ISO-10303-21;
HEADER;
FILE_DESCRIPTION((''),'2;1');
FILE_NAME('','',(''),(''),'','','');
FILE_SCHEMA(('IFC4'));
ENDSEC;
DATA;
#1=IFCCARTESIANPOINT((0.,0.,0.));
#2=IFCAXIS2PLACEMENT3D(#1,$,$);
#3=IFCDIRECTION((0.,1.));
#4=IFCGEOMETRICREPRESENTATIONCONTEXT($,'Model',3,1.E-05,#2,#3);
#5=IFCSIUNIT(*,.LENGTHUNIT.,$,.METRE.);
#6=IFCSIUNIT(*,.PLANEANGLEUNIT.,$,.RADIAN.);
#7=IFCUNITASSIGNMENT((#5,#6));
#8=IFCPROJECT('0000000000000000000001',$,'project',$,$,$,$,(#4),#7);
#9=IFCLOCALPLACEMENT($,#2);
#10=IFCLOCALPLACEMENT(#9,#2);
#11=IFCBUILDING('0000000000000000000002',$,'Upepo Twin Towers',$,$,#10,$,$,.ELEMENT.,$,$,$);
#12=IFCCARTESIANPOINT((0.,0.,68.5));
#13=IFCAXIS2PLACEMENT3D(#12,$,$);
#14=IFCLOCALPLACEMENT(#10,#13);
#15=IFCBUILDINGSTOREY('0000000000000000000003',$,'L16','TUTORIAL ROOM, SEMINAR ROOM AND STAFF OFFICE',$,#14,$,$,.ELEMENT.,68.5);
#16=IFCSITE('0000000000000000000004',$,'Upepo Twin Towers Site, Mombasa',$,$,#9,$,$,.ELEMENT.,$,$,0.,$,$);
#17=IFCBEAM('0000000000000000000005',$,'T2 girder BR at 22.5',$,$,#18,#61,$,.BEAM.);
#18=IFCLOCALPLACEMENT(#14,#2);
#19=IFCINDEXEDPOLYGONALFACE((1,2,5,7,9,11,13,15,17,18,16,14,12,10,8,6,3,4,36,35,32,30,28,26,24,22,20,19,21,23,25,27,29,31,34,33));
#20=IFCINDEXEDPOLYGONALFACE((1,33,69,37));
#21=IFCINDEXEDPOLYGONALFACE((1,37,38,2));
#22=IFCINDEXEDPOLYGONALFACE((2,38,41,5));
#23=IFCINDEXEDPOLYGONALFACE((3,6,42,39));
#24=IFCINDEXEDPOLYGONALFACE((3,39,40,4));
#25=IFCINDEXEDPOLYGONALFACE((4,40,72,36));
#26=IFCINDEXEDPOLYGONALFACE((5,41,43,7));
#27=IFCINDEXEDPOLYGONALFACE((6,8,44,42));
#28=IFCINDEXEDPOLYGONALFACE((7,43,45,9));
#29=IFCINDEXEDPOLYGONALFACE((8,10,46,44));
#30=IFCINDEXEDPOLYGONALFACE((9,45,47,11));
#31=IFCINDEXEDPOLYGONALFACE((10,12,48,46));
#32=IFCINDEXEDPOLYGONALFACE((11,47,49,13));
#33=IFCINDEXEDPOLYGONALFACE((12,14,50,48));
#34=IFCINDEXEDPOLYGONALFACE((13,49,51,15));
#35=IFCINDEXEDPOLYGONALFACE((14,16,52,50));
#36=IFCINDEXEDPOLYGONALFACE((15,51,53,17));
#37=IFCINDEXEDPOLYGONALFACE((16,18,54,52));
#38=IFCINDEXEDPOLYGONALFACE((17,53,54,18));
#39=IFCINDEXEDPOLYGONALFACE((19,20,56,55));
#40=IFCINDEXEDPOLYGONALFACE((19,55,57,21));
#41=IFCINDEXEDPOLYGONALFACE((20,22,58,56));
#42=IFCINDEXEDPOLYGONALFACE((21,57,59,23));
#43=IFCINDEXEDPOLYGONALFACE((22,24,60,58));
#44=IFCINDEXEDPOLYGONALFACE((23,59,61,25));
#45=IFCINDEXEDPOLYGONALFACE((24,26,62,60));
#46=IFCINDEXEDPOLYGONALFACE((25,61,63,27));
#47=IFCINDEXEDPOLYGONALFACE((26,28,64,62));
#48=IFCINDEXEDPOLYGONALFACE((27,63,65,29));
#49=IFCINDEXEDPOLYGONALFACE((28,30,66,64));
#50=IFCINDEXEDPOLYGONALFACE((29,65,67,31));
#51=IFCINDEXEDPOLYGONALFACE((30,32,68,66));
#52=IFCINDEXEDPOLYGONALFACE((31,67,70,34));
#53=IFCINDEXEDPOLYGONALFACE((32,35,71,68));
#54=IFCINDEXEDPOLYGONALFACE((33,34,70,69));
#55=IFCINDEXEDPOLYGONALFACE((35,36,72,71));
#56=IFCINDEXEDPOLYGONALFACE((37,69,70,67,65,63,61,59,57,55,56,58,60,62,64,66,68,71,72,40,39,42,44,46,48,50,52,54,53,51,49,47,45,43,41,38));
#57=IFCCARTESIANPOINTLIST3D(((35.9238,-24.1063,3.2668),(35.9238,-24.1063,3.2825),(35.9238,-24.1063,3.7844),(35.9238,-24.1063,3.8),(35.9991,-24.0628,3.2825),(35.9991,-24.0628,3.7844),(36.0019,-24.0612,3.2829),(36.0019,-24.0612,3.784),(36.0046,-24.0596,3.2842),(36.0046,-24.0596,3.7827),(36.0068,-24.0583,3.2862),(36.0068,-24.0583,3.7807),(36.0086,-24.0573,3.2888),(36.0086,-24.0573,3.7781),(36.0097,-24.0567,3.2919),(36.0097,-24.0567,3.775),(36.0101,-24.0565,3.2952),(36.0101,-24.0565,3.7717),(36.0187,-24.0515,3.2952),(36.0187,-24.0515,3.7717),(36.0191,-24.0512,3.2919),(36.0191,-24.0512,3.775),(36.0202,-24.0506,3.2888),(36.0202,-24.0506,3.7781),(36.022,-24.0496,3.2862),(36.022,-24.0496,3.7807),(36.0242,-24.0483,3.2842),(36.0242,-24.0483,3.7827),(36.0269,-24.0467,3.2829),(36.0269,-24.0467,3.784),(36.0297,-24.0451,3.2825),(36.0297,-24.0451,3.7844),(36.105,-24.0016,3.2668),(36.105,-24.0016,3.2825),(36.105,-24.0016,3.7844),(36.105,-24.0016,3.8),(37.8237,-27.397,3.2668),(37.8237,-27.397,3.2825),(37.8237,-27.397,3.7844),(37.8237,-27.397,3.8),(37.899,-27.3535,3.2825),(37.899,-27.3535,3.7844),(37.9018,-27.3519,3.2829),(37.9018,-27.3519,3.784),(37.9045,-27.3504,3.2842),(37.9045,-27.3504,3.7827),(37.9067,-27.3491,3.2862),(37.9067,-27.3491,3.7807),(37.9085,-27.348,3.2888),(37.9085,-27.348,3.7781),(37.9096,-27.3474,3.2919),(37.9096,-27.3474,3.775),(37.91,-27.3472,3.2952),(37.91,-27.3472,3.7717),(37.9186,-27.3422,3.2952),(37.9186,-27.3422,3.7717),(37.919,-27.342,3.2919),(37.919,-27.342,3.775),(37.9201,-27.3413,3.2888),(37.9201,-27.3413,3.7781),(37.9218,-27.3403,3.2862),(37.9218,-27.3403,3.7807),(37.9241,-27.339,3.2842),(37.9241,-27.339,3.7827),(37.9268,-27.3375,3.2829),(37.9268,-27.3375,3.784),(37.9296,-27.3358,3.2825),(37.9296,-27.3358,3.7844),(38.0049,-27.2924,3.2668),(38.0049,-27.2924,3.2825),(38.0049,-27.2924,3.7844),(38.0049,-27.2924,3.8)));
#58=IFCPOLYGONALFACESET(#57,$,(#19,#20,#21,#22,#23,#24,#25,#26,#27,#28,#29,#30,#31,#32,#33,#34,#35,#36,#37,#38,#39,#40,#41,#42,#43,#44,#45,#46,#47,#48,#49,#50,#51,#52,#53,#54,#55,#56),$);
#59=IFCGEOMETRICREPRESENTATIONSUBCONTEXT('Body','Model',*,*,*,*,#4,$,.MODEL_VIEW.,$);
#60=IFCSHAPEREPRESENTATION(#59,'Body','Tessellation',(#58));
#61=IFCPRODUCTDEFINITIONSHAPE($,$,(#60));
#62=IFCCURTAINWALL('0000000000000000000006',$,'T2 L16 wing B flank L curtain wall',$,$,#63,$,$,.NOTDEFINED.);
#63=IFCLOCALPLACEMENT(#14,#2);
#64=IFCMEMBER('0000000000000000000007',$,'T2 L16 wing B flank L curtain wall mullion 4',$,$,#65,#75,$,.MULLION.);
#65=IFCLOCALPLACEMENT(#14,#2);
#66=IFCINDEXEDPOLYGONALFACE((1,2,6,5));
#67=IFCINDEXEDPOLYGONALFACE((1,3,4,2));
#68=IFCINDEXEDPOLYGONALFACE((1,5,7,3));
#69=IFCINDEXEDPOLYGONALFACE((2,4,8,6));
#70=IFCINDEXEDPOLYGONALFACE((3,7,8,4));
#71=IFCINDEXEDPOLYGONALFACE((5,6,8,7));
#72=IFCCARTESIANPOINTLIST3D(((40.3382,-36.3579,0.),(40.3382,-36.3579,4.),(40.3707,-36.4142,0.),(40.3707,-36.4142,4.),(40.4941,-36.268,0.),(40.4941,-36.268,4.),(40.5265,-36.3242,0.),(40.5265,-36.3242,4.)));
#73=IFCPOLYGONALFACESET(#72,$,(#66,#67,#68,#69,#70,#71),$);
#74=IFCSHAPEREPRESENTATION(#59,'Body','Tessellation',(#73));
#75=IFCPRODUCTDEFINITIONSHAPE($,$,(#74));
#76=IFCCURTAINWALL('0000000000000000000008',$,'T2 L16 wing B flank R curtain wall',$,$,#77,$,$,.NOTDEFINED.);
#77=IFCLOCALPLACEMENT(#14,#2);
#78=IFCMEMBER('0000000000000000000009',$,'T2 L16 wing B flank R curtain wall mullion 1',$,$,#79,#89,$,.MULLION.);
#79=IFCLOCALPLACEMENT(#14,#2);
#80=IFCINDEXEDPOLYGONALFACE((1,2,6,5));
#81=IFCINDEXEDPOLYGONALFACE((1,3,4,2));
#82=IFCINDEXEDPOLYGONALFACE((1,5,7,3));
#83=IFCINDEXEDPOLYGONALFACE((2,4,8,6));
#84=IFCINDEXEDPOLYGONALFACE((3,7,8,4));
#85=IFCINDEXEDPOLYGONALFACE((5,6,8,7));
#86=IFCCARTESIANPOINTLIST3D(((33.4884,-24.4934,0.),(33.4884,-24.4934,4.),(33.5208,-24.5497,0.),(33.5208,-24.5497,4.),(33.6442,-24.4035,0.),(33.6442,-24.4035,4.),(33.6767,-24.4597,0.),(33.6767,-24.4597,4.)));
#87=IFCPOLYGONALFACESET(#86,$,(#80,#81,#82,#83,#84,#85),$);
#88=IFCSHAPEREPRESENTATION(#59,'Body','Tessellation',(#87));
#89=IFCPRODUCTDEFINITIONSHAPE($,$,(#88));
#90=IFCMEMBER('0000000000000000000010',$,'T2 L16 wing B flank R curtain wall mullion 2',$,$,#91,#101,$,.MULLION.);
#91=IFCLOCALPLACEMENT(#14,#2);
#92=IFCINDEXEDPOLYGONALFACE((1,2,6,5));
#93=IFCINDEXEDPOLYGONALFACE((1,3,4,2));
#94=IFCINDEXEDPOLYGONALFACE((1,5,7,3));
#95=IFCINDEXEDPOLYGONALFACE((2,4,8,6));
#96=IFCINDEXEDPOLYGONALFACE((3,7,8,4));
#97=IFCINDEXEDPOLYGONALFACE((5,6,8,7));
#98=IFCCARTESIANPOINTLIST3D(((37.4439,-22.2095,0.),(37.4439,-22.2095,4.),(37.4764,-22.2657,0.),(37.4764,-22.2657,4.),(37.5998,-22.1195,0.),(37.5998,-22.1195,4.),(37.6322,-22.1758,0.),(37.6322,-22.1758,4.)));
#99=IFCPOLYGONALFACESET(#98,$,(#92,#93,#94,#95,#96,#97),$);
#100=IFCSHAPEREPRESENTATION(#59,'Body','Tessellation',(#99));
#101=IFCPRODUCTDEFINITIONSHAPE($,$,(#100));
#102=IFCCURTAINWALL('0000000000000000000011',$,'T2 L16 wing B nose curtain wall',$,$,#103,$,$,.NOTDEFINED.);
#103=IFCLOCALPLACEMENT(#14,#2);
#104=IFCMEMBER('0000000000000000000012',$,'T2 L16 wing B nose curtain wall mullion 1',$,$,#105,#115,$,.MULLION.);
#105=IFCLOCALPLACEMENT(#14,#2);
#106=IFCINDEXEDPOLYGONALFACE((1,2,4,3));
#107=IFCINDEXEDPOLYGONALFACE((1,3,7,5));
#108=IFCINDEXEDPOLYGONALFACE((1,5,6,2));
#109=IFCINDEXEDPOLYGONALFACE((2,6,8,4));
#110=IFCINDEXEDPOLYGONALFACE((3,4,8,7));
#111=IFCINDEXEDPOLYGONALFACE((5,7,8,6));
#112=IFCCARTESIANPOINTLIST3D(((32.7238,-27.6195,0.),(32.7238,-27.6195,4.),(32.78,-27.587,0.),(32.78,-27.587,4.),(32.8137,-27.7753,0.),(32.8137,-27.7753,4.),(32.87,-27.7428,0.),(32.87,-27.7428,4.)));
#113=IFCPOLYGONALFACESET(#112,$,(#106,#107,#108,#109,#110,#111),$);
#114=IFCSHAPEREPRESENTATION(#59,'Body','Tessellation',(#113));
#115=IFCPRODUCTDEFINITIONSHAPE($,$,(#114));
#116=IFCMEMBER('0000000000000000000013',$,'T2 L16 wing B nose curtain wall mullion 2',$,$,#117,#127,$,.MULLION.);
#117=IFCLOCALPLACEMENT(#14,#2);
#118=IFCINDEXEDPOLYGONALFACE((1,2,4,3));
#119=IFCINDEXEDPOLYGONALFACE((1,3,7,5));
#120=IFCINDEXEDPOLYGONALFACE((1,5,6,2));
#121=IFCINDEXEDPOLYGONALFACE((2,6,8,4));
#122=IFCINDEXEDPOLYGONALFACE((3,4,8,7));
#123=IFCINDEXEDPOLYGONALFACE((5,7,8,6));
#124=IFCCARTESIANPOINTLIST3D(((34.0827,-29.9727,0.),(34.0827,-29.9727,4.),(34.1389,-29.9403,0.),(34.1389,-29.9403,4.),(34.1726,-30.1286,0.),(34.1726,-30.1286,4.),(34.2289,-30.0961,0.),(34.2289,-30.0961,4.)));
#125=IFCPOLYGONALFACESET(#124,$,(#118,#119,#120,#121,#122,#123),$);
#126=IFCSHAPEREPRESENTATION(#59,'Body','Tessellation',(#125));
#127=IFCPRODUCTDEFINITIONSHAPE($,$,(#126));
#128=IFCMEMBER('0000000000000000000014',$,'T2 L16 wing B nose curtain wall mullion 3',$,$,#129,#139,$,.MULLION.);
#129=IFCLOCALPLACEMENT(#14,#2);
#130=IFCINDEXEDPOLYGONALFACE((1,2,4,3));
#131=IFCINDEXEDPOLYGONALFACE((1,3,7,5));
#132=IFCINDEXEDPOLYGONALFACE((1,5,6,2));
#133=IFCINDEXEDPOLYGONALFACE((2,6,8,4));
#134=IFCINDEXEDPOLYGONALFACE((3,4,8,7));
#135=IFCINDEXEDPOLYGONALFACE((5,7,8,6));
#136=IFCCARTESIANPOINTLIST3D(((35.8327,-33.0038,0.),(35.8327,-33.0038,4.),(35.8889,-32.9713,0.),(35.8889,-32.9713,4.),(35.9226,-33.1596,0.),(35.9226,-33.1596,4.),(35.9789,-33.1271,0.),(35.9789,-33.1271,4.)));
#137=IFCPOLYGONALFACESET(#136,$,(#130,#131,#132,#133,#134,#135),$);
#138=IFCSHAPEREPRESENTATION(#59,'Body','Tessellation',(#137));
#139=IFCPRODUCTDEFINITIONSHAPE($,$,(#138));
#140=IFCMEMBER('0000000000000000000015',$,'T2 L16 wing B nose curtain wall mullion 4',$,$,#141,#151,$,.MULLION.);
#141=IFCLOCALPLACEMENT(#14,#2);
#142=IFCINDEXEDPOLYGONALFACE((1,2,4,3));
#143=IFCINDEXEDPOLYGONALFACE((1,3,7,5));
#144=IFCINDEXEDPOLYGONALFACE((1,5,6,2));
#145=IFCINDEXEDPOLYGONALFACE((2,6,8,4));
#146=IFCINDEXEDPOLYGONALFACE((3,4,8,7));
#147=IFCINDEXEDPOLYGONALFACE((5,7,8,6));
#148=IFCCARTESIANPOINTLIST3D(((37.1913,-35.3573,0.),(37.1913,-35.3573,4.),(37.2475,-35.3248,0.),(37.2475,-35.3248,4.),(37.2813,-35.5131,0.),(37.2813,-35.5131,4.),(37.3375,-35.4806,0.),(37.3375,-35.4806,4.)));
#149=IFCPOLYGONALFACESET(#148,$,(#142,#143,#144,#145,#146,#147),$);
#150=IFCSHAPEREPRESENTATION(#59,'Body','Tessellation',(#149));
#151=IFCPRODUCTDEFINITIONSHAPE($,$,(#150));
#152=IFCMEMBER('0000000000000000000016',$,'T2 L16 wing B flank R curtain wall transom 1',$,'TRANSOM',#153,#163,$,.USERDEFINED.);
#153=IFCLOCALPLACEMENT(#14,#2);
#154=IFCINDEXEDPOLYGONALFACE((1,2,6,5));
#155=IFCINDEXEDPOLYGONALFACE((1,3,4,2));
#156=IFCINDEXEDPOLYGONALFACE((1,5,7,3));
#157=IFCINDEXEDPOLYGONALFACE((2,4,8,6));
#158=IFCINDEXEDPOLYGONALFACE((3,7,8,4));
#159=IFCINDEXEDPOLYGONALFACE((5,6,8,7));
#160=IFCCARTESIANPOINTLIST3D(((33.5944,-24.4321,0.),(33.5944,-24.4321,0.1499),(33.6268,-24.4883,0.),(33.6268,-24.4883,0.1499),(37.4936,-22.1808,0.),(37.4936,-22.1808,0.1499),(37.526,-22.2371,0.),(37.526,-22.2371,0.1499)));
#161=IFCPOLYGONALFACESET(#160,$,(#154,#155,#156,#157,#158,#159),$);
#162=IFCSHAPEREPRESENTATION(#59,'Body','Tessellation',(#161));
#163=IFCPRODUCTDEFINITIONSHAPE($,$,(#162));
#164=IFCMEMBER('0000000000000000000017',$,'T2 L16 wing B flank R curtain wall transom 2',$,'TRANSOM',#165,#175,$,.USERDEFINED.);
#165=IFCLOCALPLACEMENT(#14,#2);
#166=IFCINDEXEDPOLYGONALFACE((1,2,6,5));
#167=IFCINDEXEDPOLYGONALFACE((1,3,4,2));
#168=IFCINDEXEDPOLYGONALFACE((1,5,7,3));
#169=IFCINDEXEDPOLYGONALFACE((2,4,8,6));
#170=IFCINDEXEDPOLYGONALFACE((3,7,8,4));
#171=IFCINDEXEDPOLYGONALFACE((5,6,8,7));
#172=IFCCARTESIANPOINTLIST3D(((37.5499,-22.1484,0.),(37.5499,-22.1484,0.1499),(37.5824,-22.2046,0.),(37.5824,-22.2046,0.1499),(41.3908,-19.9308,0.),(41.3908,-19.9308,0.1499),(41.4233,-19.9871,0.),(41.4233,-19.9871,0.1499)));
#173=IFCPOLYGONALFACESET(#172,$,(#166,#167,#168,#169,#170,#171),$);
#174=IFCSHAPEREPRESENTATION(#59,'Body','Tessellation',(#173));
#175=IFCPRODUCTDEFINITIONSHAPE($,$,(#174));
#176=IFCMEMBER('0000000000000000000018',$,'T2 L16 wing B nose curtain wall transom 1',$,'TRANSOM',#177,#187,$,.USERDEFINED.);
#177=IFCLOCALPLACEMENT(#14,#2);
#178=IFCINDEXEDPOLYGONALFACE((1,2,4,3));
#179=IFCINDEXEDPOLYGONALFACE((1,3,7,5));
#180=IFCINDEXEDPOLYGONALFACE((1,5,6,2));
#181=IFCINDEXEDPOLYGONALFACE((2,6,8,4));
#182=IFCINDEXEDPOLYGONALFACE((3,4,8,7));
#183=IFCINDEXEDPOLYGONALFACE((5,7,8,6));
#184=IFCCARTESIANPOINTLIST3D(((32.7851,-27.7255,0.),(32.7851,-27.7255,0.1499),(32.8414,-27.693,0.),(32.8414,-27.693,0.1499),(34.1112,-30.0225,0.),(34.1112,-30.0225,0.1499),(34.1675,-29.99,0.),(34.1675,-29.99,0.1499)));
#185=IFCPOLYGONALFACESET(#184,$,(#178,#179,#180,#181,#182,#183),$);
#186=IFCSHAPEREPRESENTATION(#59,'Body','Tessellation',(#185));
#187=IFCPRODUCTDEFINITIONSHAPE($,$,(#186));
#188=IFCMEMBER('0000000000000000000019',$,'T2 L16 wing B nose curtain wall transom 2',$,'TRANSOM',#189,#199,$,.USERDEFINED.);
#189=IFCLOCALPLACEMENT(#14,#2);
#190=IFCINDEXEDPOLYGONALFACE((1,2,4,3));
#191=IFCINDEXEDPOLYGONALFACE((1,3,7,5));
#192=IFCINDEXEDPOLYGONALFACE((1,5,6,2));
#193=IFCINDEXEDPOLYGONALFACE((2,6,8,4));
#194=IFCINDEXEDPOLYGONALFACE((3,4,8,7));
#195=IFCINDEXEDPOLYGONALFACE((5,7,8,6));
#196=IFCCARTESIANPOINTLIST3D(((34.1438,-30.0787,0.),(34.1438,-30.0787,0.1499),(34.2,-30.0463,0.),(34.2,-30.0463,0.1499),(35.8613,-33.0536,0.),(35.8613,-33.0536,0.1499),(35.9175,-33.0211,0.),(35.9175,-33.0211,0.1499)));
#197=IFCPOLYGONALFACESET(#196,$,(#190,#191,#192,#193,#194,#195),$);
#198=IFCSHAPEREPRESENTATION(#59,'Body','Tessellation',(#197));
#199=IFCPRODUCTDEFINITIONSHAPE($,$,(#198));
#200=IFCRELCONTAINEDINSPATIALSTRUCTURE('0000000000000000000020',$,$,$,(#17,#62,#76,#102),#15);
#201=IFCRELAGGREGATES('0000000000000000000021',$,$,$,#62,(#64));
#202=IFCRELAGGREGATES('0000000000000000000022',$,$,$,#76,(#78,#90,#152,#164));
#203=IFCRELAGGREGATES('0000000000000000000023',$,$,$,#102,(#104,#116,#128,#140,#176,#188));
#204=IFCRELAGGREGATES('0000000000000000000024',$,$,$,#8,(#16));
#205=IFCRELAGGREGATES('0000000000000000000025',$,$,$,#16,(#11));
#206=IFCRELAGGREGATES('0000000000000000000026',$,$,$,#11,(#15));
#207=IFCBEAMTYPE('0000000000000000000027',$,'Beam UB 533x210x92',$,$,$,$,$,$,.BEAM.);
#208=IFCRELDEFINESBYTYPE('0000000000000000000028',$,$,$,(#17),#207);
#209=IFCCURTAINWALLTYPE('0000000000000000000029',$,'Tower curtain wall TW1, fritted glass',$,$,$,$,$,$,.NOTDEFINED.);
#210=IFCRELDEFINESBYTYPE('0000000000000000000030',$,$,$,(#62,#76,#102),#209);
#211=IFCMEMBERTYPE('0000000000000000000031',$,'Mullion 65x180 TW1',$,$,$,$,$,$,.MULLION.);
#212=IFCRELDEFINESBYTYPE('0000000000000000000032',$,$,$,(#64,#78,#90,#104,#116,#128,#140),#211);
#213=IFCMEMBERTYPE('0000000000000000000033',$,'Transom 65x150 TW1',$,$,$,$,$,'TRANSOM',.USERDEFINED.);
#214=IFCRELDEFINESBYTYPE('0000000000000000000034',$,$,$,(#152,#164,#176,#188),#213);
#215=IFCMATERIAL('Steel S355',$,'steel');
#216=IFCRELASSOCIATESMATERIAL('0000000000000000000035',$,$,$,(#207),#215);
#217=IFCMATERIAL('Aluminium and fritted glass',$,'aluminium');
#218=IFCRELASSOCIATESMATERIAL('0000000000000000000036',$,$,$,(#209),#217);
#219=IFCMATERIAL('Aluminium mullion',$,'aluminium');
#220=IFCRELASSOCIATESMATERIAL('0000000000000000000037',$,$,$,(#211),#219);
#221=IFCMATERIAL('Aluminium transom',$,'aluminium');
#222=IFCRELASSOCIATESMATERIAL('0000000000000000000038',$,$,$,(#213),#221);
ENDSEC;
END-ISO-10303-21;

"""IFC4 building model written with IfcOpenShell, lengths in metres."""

from ifc_helpers import new_model, si_unit, direction, frame, origin, origin_2d, place, context, subcontext, project, spatial, rectangle, i_section, extrude, material, material_profile, profile_set, type_object, element, aggregate, save


model = new_model("IFC4")

# Units and contexts
model_context = context("Model", 3, precision=1e-05, world=origin(), true_north=direction((0.0, 1.0)))
body_context = subcontext(model_context, "Body", "Model", "MODEL_VIEW")
ifc_project = project(units=[si_unit("LENGTHUNIT", "METRE"), si_unit("PLANEANGLEUNIT", "RADIAN")], contexts=[model_context])

# Site, building, storey
site_placement = place(None, origin())
site = spatial("IfcSite", under=ifc_project, at=site_placement, Name="Upepo Twin Towers Site, Mombasa", CompositionType="ELEMENT", RefElevation=0.0)
building_placement = place(site_placement, origin())
building = spatial("IfcBuilding", under=site, at=building_placement, Name="Upepo Twin Towers", CompositionType="ELEMENT")
storey_placement = place(building_placement, frame((0.0, 0.0, 68.5)))
storey = spatial("IfcBuildingStorey", under=building, at=storey_placement, Name="L16", Description="TUTORIAL ROOM, SEMINAR ROOM AND STAFF OFFICE", CompositionType="ELEMENT", Elevation=68.5)

# Beam
ifc_material_1 = material(Name="Steel S355", Category="steel")
ifc_material_profile_1 = material_profile(ifc_material_1, i_section(OverallWidth=0.2092, OverallDepth=0.5332, WebThickness=0.01, FlangeThickness=0.0156, FilletRadius=0.0127, at=origin_2d()), Name="UB 533x210x92")
ifc_profile_set_1 = profile_set([ifc_material_profile_1], Name="Steel S355")
beam_type_1 = type_object("IfcBeamType", Name="Beam UB 533x210x92", PredefinedType="BEAM", material=ifc_profile_set_1)
beam_1_placement = place(storey_placement, frame((36.0144, -24.054, 3.5334), z_axis=(0.499995, -0.866028, 0.0), x_axis=(0.866028, 0.499995, 0.0)))
element("IfcBeam", 1, at=beam_1_placement, inside=storey, type_object=beam_type_1, Name="T2 girder BR at 22.5", PredefinedType="BEAM", context=body_context, shape_type="SweptSolid", body=[
    extrude(i_section(OverallWidth=0.2092, OverallDepth=0.5332, WebThickness=0.01, FlangeThickness=0.0156, FilletRadius=0.0127, at=origin_2d()), origin(), (0.0, 0.0, 1.0), 3.7998),
])

# Curtain wall, member
ifc_material_2 = material(Name="Aluminium and fritted glass", Category="aluminium")
curtain_wall_type = type_object("IfcCurtainWallType", Name="Tower curtain wall TW1, fritted glass", PredefinedType="NOTDEFINED", material=ifc_material_2)
curtain_wall_1_placement = place(storey_placement, origin())
curtain_wall_1 = element("IfcCurtainWall", 2, at=curtain_wall_1_placement, inside=storey, type_object=curtain_wall_type, Name="T2 L16 wing B flank L curtain wall", PredefinedType="NOTDEFINED")
ifc_material_3 = material(Name="Aluminium mullion", Category="aluminium")
ifc_material_profile_2 = material_profile(ifc_material_3, rectangle(XDim=0.0649, YDim=0.1799, at=origin_2d()), Name="MULLION 65x180")
ifc_profile_set_2 = profile_set([ifc_material_profile_2], Name="Aluminium mullion")
member_type_1 = type_object("IfcMemberType", Name="Mullion 65x180 TW1", PredefinedType="MULLION", material=ifc_profile_set_2)
member_1_placement = place(storey_placement, frame((40.4324, -36.3411, 0.0), z_axis=(0.0, 0.0, 1.0), x_axis=(0.5, -0.866025, 0.0)))
member_1 = element("IfcMember", 3, at=member_1_placement, type_object=member_type_1, Name="T2 L16 wing B flank L curtain wall mullion 4", PredefinedType="MULLION", context=body_context, shape_type="SweptSolid", body=[
    extrude(rectangle(XDim=0.0649, YDim=0.1799, at=origin_2d()), origin(), (0.0, 0.0, 1.0), 4.0),
])
aggregate(curtain_wall_1, [member_1])

# Curtain walls, members
curtain_wall_2_placement = place(storey_placement, origin())
curtain_wall_2 = element("IfcCurtainWall", 4, at=curtain_wall_2_placement, inside=storey, type_object=curtain_wall_type, Name="T2 L16 wing B flank R curtain wall", PredefinedType="NOTDEFINED")
member_2_placement = place(storey_placement, frame((33.5825, -24.4766, 0.0), z_axis=(0.0, 0.0, 1.0), x_axis=(-0.5, 0.866025, 0.0)))
member_2 = element("IfcMember", 5, at=member_2_placement, type_object=member_type_1, Name="T2 L16 wing B flank R curtain wall mullion 1", PredefinedType="MULLION", context=body_context, shape_type="SweptSolid", body=[
    extrude(rectangle(XDim=0.0649, YDim=0.1799, at=origin_2d()), origin(), (0.0, 0.0, 1.0), 4.0),
])
member_3_placement = place(storey_placement, frame((37.5381, -22.1926, 0.0), z_axis=(0.0, 0.0, 1.0), x_axis=(-0.5, 0.866025, 0.0)))
member_3 = element("IfcMember", 6, at=member_3_placement, type_object=member_type_1, Name="T2 L16 wing B flank R curtain wall mullion 2", PredefinedType="MULLION", context=body_context, shape_type="SweptSolid", body=[
    extrude(rectangle(XDim=0.0649, YDim=0.1799, at=origin_2d()), origin(), (0.0, 0.0, 1.0), 4.0),
])
curtain_wall_3_placement = place(storey_placement, origin())
curtain_wall_3 = element("IfcCurtainWall", 7, at=curtain_wall_3_placement, inside=storey, type_object=curtain_wall_type, Name="T2 L16 wing B nose curtain wall", PredefinedType="NOTDEFINED")
member_4_placement = place(storey_placement, frame((32.7969, -27.6812, 0.0), z_axis=(0.0, 0.0, 1.0), x_axis=(0.866025, 0.5, 0.0)))
member_4 = element("IfcMember", 8, at=member_4_placement, type_object=member_type_1, Name="T2 L16 wing B nose curtain wall mullion 1", PredefinedType="MULLION", context=body_context, shape_type="SweptSolid", body=[
    extrude(rectangle(XDim=0.0649, YDim=0.1799, at=origin_2d()), origin(), (0.0, 0.0, 1.0), 4.0),
])
member_5_placement = place(storey_placement, frame((34.1558, -30.0344, 0.0), z_axis=(0.0, 0.0, 1.0), x_axis=(0.866025, 0.5, 0.0)))
member_5 = element("IfcMember", 9, at=member_5_placement, type_object=member_type_1, Name="T2 L16 wing B nose curtain wall mullion 2", PredefinedType="MULLION", context=body_context, shape_type="SweptSolid", body=[
    extrude(rectangle(XDim=0.0649, YDim=0.1799, at=origin_2d()), origin(), (0.0, 0.0, 1.0), 4.0),
])
member_6_placement = place(storey_placement, frame((35.9058, -33.0654, 0.0), z_axis=(0.0, 0.0, 1.0), x_axis=(0.866025, 0.5, 0.0)))
member_6 = element("IfcMember", 10, at=member_6_placement, type_object=member_type_1, Name="T2 L16 wing B nose curtain wall mullion 3", PredefinedType="MULLION", context=body_context, shape_type="SweptSolid", body=[
    extrude(rectangle(XDim=0.0649, YDim=0.1799, at=origin_2d()), origin(), (0.0, 0.0, 1.0), 4.0),
])
member_7_placement = place(storey_placement, frame((37.2644, -35.4189, 0.0), z_axis=(0.0, 0.0, 1.0), x_axis=(0.866025, 0.5, 0.0)))
member_7 = element("IfcMember", 11, at=member_7_placement, type_object=member_type_1, Name="T2 L16 wing B nose curtain wall mullion 4", PredefinedType="MULLION", context=body_context, shape_type="SweptSolid", body=[
    extrude(rectangle(XDim=0.0649, YDim=0.1799, at=origin_2d()), origin(), (0.0, 0.0, 1.0), 4.0),
])

# Members
ifc_material_4 = material(Name="Aluminium transom", Category="aluminium")
ifc_material_profile_3 = material_profile(ifc_material_4, rectangle(XDim=0.0649, YDim=0.1499, at=origin_2d()), Name="TRANSOM 65x150")
ifc_profile_set_3 = profile_set([ifc_material_profile_3], Name="Aluminium transom")
member_type_2 = type_object("IfcMemberType", Name="Transom 65x150 TW1", ElementType="TRANSOM", PredefinedType="USERDEFINED", material=ifc_profile_set_3)
member_8_placement = place(storey_placement, frame((33.6106, -24.4602, 0.075), z_axis=(0.866022, 0.500006, 0.0), x_axis=(-0.500006, 0.866022, 0.0)))
member_8 = element("IfcMember", 12, at=member_8_placement, type_object=member_type_2, Name="T2 L16 wing B flank R curtain wall transom 1", ObjectType="TRANSOM", PredefinedType="USERDEFINED", context=body_context, shape_type="SweptSolid", body=[
    extrude(rectangle(XDim=0.0649, YDim=0.1499, at=origin_2d()), origin(), (0.0, 0.0, 1.0), 4.5024),
])
member_9_placement = place(storey_placement, frame((37.5662, -22.1765, 0.075), z_axis=(0.866022, 0.500005, 0.0), x_axis=(-0.500005, 0.866022, 0.0)))
member_9 = element("IfcMember", 13, at=member_9_placement, type_object=member_type_2, Name="T2 L16 wing B flank R curtain wall transom 2", ObjectType="TRANSOM", PredefinedType="USERDEFINED", context=body_context, shape_type="SweptSolid", body=[
    extrude(rectangle(XDim=0.0649, YDim=0.1499, at=origin_2d()), origin(), (0.0, 0.0, 1.0), 4.4351),
])
member_10_placement = place(storey_placement, frame((32.8132, -27.7092, 0.075), z_axis=(0.49998, -0.866037, 0.0), x_axis=(0.866037, 0.49998, 0.0)))
member_10 = element("IfcMember", 14, at=member_10_placement, type_object=member_type_2, Name="T2 L16 wing B nose curtain wall transom 1", ObjectType="TRANSOM", PredefinedType="USERDEFINED", context=body_context, shape_type="SweptSolid", body=[
    extrude(rectangle(XDim=0.0649, YDim=0.1499, at=origin_2d()), origin(), (0.0, 0.0, 1.0), 2.6523),
])
member_11_placement = place(storey_placement, frame((34.1719, -30.0625, 0.075), z_axis=(0.499999, -0.866026, 0.0), x_axis=(0.866026, 0.499999, 0.0)))
member_11 = element("IfcMember", 15, at=member_11_placement, type_object=member_type_2, Name="T2 L16 wing B nose curtain wall transom 2", ObjectType="TRANSOM", PredefinedType="USERDEFINED", context=body_context, shape_type="SweptSolid", body=[
    extrude(rectangle(XDim=0.0649, YDim=0.1499, at=origin_2d()), origin(), (0.0, 0.0, 1.0), 3.4351),
])

aggregate(curtain_wall_2, [member_2, member_3, member_8, member_9])
aggregate(curtain_wall_3, [member_4, member_5, member_6, member_7, member_10, member_11])

save(model, "model.ifc")
